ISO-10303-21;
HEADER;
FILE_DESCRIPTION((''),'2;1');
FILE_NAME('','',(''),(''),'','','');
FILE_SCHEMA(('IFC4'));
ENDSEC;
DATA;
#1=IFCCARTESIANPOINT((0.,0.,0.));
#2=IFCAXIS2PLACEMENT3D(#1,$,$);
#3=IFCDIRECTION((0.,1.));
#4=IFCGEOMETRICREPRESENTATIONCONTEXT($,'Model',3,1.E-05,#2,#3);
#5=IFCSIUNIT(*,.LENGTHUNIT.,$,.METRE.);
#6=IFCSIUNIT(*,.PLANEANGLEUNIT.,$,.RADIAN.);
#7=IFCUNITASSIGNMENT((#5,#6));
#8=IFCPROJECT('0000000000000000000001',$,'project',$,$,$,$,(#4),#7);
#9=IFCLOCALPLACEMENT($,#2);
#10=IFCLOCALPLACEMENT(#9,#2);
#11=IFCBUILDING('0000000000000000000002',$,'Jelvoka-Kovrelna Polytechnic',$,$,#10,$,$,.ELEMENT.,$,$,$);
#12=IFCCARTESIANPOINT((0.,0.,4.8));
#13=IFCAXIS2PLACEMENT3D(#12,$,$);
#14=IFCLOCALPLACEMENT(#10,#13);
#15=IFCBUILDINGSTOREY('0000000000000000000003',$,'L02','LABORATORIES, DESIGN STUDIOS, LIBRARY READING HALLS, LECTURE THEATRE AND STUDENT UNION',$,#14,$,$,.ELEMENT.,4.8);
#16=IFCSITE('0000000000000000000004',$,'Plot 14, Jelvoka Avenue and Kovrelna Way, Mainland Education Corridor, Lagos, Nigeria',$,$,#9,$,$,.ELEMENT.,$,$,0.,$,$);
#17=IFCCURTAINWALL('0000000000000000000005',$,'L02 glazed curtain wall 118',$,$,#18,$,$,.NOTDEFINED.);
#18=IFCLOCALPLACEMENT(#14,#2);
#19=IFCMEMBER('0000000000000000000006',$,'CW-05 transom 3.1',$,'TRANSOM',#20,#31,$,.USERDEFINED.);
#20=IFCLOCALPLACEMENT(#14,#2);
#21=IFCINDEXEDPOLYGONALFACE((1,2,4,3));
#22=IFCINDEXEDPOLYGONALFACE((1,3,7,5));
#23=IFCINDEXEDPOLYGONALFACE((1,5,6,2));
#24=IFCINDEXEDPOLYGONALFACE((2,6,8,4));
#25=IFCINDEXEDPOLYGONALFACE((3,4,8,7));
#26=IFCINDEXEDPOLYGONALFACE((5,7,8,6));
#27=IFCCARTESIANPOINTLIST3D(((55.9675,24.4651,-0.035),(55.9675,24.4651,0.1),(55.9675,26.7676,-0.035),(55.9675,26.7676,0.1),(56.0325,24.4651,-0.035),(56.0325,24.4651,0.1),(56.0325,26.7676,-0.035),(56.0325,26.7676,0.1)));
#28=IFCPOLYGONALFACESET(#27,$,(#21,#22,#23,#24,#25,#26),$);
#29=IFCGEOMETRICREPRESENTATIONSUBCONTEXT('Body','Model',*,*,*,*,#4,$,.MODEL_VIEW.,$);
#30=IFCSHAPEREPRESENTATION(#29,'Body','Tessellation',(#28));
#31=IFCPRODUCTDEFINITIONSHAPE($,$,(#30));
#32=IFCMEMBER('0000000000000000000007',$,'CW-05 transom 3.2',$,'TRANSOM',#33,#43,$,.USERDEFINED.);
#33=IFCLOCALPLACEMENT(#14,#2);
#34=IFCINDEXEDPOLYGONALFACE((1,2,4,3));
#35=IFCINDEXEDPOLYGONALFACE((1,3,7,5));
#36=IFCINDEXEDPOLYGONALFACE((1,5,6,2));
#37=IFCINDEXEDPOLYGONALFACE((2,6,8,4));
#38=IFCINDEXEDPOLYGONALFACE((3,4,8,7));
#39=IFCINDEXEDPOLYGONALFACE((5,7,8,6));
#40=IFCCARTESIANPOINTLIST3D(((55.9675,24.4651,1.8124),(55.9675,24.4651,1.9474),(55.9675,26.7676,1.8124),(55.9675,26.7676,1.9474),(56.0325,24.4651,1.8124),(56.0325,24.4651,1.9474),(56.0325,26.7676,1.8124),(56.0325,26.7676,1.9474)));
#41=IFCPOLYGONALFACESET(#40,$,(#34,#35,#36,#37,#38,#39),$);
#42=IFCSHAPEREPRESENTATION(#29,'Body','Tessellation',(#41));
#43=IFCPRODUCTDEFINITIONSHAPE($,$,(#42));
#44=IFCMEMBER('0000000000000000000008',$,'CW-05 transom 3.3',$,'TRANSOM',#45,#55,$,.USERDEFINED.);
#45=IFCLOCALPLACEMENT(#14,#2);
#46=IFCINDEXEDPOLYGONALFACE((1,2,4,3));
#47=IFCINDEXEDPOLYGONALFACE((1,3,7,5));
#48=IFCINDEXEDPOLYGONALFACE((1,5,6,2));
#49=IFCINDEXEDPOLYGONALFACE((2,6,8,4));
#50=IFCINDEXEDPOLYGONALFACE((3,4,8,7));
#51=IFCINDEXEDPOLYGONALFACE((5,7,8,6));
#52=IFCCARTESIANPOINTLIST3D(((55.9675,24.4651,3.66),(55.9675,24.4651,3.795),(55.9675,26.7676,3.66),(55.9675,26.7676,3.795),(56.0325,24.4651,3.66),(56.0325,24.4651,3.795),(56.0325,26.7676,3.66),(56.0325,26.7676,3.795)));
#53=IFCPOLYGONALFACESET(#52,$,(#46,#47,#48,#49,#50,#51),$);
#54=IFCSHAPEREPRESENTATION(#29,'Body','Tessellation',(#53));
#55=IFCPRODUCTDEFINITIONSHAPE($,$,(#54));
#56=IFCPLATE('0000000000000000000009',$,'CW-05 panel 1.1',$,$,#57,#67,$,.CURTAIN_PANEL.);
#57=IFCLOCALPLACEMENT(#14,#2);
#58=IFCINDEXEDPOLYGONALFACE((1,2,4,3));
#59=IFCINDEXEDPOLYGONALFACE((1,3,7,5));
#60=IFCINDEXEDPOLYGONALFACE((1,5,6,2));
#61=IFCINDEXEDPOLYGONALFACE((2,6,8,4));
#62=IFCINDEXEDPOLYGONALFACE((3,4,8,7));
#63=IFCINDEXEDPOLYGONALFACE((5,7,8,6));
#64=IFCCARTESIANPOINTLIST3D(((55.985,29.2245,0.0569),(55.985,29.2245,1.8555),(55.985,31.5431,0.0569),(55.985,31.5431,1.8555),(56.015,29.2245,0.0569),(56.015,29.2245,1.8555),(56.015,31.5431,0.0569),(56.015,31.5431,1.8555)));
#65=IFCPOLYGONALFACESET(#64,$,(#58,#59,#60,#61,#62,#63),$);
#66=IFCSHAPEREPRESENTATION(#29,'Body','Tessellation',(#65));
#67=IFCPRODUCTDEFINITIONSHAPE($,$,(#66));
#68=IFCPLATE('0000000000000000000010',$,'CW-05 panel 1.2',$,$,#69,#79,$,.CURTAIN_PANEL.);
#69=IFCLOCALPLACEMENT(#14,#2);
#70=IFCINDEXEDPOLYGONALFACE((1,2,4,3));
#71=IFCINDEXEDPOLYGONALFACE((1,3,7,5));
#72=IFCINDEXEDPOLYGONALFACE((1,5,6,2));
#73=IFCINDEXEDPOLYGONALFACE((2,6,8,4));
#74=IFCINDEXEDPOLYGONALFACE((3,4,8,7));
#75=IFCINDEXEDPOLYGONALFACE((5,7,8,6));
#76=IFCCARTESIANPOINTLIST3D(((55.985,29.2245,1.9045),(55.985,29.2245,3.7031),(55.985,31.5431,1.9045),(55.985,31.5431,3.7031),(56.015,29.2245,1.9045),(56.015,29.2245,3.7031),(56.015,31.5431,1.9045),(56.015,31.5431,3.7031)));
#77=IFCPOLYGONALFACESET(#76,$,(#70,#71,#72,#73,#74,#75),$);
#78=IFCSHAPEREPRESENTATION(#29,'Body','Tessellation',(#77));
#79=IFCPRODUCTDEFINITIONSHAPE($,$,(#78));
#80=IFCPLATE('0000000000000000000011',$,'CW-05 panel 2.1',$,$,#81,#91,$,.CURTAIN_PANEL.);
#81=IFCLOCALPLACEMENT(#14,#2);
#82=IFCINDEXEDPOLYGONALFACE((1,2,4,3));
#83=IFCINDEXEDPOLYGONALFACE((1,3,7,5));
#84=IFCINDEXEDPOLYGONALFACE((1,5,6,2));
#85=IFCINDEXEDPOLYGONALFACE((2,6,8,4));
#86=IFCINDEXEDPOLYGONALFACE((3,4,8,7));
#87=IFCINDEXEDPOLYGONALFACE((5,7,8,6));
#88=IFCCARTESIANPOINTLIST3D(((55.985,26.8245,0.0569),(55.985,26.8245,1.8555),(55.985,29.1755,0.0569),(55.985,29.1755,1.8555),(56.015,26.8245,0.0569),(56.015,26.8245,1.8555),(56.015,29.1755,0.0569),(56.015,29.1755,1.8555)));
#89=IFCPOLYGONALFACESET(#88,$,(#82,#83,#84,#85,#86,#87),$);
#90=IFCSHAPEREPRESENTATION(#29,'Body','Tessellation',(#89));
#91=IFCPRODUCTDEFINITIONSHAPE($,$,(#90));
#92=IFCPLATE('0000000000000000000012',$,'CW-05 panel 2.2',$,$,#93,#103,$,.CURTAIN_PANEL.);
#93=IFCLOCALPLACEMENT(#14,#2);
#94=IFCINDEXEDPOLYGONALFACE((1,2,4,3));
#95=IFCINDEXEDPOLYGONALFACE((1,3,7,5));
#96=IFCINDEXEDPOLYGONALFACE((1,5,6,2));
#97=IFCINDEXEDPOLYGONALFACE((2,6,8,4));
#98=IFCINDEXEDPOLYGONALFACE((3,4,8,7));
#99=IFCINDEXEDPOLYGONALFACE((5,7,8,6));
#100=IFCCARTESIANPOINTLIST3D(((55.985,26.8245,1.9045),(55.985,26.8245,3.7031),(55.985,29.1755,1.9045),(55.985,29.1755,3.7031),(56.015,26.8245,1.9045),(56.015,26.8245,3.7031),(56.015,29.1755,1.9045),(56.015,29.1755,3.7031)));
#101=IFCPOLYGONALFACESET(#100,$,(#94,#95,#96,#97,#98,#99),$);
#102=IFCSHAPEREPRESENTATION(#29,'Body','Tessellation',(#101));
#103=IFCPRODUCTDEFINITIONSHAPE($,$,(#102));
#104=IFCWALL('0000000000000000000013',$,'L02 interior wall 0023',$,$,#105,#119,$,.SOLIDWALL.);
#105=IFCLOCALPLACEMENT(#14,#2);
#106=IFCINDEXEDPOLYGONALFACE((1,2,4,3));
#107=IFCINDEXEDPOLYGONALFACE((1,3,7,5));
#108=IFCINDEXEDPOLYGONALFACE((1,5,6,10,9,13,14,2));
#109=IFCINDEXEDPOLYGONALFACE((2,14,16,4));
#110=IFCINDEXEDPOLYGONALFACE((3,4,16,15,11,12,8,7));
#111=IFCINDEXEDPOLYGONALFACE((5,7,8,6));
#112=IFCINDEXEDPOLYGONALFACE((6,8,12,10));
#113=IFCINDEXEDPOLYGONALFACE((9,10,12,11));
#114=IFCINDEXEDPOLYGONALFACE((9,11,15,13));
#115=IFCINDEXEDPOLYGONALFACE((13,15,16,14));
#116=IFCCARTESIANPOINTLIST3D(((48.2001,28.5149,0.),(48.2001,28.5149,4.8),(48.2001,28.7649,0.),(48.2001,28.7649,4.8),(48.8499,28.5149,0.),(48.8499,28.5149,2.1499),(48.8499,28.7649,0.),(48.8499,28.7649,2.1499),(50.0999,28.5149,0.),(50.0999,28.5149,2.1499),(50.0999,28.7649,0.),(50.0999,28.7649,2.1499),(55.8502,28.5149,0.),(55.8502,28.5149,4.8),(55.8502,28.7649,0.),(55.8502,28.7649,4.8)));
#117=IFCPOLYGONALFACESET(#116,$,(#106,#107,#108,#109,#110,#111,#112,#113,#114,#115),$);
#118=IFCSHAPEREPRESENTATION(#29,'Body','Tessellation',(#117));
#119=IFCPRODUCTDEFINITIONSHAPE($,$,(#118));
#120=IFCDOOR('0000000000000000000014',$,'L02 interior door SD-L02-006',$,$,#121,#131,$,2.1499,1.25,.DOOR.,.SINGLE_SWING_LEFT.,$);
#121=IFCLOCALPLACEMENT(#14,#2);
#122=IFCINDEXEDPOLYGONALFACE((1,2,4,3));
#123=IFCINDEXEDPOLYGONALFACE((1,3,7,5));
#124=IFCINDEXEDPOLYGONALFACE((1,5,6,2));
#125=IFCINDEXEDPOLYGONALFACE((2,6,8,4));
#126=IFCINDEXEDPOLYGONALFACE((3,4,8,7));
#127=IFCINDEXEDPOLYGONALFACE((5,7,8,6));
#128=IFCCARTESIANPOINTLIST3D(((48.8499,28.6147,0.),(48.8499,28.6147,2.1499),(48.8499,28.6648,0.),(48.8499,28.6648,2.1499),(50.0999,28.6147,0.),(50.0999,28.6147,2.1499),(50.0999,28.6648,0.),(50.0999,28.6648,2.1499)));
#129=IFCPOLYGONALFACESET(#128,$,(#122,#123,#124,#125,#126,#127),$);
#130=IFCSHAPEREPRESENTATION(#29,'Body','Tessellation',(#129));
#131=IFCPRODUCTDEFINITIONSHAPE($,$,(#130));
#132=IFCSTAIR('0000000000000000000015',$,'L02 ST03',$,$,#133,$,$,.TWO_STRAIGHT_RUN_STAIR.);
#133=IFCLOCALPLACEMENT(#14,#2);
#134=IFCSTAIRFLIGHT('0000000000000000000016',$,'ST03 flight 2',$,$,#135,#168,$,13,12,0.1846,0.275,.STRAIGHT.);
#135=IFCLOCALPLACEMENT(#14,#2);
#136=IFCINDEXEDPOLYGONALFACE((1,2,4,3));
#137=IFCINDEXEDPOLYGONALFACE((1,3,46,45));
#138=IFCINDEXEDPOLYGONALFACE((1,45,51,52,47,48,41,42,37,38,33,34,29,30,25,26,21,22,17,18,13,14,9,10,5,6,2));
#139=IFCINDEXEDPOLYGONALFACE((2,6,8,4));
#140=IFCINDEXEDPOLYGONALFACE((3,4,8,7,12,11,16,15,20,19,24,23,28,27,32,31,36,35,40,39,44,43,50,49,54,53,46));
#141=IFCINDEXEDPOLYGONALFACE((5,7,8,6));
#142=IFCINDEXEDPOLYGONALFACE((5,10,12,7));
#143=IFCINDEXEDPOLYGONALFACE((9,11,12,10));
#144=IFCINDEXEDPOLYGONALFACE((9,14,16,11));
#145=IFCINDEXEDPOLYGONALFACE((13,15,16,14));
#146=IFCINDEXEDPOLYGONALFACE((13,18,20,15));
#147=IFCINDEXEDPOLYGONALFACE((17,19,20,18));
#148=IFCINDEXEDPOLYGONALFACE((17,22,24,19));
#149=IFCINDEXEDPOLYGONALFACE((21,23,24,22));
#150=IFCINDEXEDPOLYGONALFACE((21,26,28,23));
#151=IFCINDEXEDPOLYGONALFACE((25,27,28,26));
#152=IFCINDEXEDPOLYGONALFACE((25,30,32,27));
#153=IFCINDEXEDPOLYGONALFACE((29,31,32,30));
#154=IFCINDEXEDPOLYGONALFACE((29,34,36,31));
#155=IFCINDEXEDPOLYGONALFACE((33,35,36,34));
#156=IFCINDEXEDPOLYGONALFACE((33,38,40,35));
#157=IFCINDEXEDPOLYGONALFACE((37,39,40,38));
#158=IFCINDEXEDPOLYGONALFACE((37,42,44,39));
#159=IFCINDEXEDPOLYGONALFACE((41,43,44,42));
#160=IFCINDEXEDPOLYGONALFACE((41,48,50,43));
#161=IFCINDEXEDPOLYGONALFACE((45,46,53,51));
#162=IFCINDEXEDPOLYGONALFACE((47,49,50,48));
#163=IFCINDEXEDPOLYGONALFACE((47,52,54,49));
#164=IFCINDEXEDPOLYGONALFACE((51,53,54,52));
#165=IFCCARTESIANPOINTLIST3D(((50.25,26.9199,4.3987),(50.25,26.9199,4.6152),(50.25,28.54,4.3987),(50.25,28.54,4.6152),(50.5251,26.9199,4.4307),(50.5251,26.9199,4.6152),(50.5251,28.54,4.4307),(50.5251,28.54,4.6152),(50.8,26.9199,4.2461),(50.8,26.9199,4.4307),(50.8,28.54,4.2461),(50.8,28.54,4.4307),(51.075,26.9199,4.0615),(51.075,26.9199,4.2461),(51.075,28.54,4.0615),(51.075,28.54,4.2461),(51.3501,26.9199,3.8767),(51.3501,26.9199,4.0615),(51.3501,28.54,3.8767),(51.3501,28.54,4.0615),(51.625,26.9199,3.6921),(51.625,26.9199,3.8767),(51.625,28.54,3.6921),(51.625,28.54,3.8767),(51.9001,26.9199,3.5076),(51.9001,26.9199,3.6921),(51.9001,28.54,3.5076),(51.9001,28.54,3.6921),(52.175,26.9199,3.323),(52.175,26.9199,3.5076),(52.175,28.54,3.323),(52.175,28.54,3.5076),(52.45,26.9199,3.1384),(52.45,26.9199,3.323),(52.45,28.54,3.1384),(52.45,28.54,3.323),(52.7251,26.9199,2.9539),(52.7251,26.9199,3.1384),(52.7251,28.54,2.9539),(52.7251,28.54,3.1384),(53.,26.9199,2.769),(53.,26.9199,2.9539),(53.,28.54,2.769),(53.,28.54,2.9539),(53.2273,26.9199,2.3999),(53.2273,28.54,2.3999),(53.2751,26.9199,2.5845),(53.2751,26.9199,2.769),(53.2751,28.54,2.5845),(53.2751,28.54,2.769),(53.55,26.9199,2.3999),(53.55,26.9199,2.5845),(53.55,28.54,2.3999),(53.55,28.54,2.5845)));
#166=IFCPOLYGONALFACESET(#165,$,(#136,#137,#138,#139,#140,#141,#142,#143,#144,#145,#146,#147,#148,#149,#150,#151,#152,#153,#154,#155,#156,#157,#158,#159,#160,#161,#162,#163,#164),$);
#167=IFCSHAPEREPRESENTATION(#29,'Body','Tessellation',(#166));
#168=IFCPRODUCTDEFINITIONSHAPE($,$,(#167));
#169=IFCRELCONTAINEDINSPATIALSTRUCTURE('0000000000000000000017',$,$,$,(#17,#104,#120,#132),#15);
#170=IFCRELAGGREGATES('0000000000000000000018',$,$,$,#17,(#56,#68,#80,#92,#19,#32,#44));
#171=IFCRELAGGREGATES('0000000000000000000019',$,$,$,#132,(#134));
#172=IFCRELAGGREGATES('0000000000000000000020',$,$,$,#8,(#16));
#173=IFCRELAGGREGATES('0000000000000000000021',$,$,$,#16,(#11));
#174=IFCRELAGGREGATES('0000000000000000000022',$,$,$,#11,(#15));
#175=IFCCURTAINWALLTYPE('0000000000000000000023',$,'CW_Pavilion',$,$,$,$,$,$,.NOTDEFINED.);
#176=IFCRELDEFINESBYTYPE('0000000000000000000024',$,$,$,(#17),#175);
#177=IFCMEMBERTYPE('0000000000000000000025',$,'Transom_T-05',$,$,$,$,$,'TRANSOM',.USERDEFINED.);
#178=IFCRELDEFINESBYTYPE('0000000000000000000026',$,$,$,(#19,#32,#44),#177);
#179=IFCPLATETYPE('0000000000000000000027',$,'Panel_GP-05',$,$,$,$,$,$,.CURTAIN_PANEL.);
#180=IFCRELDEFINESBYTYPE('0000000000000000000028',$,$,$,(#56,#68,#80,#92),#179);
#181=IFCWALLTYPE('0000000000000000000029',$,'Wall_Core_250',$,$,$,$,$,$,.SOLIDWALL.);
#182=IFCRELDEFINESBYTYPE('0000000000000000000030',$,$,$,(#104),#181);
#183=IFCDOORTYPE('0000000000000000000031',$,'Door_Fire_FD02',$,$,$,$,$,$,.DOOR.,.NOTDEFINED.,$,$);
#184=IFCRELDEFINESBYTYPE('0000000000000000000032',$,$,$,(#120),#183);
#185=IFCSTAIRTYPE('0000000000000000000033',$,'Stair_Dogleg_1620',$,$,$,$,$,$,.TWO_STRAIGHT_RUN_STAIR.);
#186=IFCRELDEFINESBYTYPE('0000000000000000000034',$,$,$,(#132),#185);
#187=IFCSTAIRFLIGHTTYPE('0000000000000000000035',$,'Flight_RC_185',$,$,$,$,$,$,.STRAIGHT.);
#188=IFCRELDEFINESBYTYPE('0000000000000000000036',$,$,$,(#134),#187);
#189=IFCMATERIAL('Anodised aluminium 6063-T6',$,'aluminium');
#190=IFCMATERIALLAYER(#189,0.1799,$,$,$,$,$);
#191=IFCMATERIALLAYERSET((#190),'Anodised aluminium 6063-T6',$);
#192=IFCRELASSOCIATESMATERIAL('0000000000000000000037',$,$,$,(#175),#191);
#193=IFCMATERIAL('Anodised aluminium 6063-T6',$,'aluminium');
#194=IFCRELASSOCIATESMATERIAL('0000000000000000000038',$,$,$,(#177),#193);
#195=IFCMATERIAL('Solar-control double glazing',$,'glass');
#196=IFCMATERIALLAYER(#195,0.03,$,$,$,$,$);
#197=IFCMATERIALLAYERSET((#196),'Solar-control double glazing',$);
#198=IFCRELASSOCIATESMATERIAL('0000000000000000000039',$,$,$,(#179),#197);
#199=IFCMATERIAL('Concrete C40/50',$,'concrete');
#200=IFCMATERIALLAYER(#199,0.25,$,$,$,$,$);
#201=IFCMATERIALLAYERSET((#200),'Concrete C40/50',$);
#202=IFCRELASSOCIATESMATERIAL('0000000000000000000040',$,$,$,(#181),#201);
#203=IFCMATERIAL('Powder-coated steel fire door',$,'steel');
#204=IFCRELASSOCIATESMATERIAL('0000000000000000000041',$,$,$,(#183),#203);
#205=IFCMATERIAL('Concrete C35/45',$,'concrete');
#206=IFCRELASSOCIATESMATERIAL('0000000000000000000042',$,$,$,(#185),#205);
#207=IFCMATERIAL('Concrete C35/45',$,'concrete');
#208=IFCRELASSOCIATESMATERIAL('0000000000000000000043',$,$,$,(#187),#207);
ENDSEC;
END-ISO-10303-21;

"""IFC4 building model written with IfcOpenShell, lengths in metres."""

from ifc_helpers import new_model, si_unit, direction, frame, frame_2d, origin, origin_2d, place, context, subcontext, project, spatial, polyline, rectangle, outline, extrude, material, layer, layer_set, material_profile, profile_set, type_object, element, fill, aggregate, save


model = new_model("IFC4")

# Units and contexts
model_context = context("Model", 3, precision=1e-05, world=origin(), true_north=direction((0.0, 1.0)))
body_context = subcontext(model_context, "Body", "Model", "MODEL_VIEW")
ifc_project = project(units=[si_unit("LENGTHUNIT", "METRE"), si_unit("PLANEANGLEUNIT", "RADIAN")], contexts=[model_context])

# Site, building, storey
site_placement = place(None, origin())
site = spatial("IfcSite", under=ifc_project, at=site_placement, Name="Plot 14, Jelvoka Avenue and Kovrelna Way, Mainland Education Corridor, Lagos, Nigeria", CompositionType="ELEMENT", RefElevation=0.0)
building_placement = place(site_placement, origin())
building = spatial("IfcBuilding", under=site, at=building_placement, Name="Jelvoka-Kovrelna Polytechnic", CompositionType="ELEMENT")
storey_placement = place(building_placement, frame((0.0, 0.0, 4.8)))
storey = spatial("IfcBuildingStorey", under=building, at=storey_placement, Name="L02", Description="LABORATORIES, DESIGN STUDIOS, LIBRARY READING HALLS, LECTURE THEATRE AND STUDENT UNION", CompositionType="ELEMENT", Elevation=4.8)

# Curtain wall, members, plates
ifc_material_1 = material(Name="Anodised aluminium 6063-T6", Category="aluminium")
ifc_layer_1 = layer(ifc_material_1, 0.1799)
ifc_layer_set_1 = layer_set([ifc_layer_1], Name="Anodised aluminium 6063-T6")
curtain_wall_type = type_object("IfcCurtainWallType", Name="CW_Pavilion", PredefinedType="NOTDEFINED", material=ifc_layer_set_1)
curtain_wall_placement = place(storey_placement, origin())
curtain_wall = element("IfcCurtainWall", 1, at=curtain_wall_placement, inside=storey, type_object=curtain_wall_type, Name="L02 glazed curtain wall 118", PredefinedType="NOTDEFINED")
ifc_material_2 = material(Name="Anodised aluminium 6063-T6", Category="aluminium")
ifc_material_profile_1 = material_profile(ifc_material_2, rectangle(XDim=0.0649, YDim=0.135, at=origin_2d()), Name="ALU 65x135")
ifc_profile_set_1 = profile_set([ifc_material_profile_1], Name="Anodised aluminium 6063-T6")
member_type_1 = type_object("IfcMemberType", Name="Transom_T-05", ElementType="TRANSOM", PredefinedType="USERDEFINED", material=ifc_profile_set_1)
member_1_placement = place(storey_placement, frame((56.0, 26.7676, 0.0325), z_axis=(0.0, -1.0, 0.0), x_axis=(1.0, 0.0, 0.0)))
member_1 = element("IfcMember", 2, at=member_1_placement, type_object=member_type_1, Name="CW-05 transom 3.1", ObjectType="TRANSOM", PredefinedType="USERDEFINED", context=body_context, shape_type="SweptSolid", body=[
    extrude(rectangle(XDim=0.0649, YDim=0.135, at=origin_2d()), origin(), (0.0, 0.0, 1.0), 2.3025),
])
member_2_placement = place(storey_placement, frame((56.0, 26.7676, 1.8799), z_axis=(0.0, -1.0, 0.0), x_axis=(1.0, 0.0, 0.0)))
member_2 = element("IfcMember", 3, at=member_2_placement, type_object=member_type_1, Name="CW-05 transom 3.2", ObjectType="TRANSOM", PredefinedType="USERDEFINED", context=body_context, shape_type="SweptSolid", body=[
    extrude(rectangle(XDim=0.0649, YDim=0.135, at=origin_2d()), origin(), (0.0, 0.0, 1.0), 2.3025),
])
member_3_placement = place(storey_placement, frame((56.0, 26.7676, 3.7275), z_axis=(0.0, -1.0, 0.0), x_axis=(1.0, 0.0, 0.0)))
member_3 = element("IfcMember", 4, at=member_3_placement, type_object=member_type_1, Name="CW-05 transom 3.3", ObjectType="TRANSOM", PredefinedType="USERDEFINED", context=body_context, shape_type="SweptSolid", body=[
    extrude(rectangle(XDim=0.0649, YDim=0.135, at=origin_2d()), origin(), (0.0, 0.0, 1.0), 2.3025),
])
ifc_material_3 = material(Name="Solar-control double glazing", Category="glass")
ifc_layer_2 = layer(ifc_material_3, 0.03)
ifc_layer_set_2 = layer_set([ifc_layer_2], Name="Solar-control double glazing")
plate_type = type_object("IfcPlateType", Name="Panel_GP-05", PredefinedType="CURTAIN_PANEL", material=ifc_layer_set_2)
plate_1_placement = place(storey_placement, frame((56.0, 30.3838, 0.0569), z_axis=(0.0, 0.0, 1.0), x_axis=(0.0, -1.0, 0.0)))
plate_1 = element("IfcPlate", 5, at=plate_1_placement, type_object=plate_type, Name="CW-05 panel 1.1", PredefinedType="CURTAIN_PANEL", context=body_context, shape_type="SweptSolid", body=[
    extrude(rectangle(XDim=2.3186, YDim=0.03, at=origin_2d()), origin(), (0.0, 0.0, 1.0), 1.7986),
])
plate_2_placement = place(storey_placement, frame((56.0, 30.3838, 1.9045), z_axis=(0.0, 0.0, 1.0), x_axis=(0.0, -1.0, 0.0)))
plate_2 = element("IfcPlate", 6, at=plate_2_placement, type_object=plate_type, Name="CW-05 panel 1.2", PredefinedType="CURTAIN_PANEL", context=body_context, shape_type="SweptSolid", body=[
    extrude(rectangle(XDim=2.3186, YDim=0.03, at=origin_2d()), origin(), (0.0, 0.0, 1.0), 1.7986),
])
plate_3_placement = place(storey_placement, frame((56.0, 28.0, 0.0569), z_axis=(0.0, 0.0, 1.0), x_axis=(0.0, -1.0, 0.0)))
plate_3 = element("IfcPlate", 7, at=plate_3_placement, type_object=plate_type, Name="CW-05 panel 2.1", PredefinedType="CURTAIN_PANEL", context=body_context, shape_type="SweptSolid", body=[
    extrude(rectangle(XDim=2.3511, YDim=0.03, at=origin_2d()), origin(), (0.0, 0.0, 1.0), 1.7986),
])
plate_4_placement = place(storey_placement, frame((56.0, 28.0, 1.9045), z_axis=(0.0, 0.0, 1.0), x_axis=(0.0, -1.0, 0.0)))
plate_4 = element("IfcPlate", 8, at=plate_4_placement, type_object=plate_type, Name="CW-05 panel 2.2", PredefinedType="CURTAIN_PANEL", context=body_context, shape_type="SweptSolid", body=[
    extrude(rectangle(XDim=2.3511, YDim=0.03, at=origin_2d()), origin(), (0.0, 0.0, 1.0), 1.7986),
])
aggregate(curtain_wall, [plate_1, plate_2, plate_3, plate_4, member_1, member_2, member_3])

# Wall, opening, door
ifc_material_4 = material(Name="Concrete C40/50", Category="concrete")
ifc_layer_3 = layer(ifc_material_4, 0.25)
ifc_layer_set_3 = layer_set([ifc_layer_3], Name="Concrete C40/50")
wall_type = type_object("IfcWallType", Name="Wall_Core_250", PredefinedType="SOLIDWALL", material=ifc_layer_set_3)
wall_placement = place(storey_placement, frame((48.2, 28.6399, 0.0), z_axis=(0.0, 0.0, 1.0), x_axis=(1.0, 0.0, 0.0)))
wall = element("IfcWall", 9, at=wall_placement, inside=storey, type_object=wall_type, Name="L02 interior wall 0023", PredefinedType="SOLIDWALL", context=body_context, shape_type="SweptSolid", body=[
    extrude(rectangle(XDim=7.6501, YDim=0.25, at=frame_2d((3.8252, 0.0))), origin(), (0.0, 0.0, 1.0), 4.8),
])
opening_placement = place(wall_placement, frame((0.6499, 0.0, 0.0)))
opening = element("IfcOpeningElement", 10, at=opening_placement, cuts=wall, PredefinedType="OPENING", context=body_context, shape_type="SweptSolid", body=[
    extrude(rectangle(XDim=1.25, YDim=2.1499, at=frame_2d((0.625, 1.075))), frame((0.0, 0.135, 0.0), z_axis=(0.0, -1.0, 0.0), x_axis=(1.0, 0.0, 0.0)), (0.0, 0.0, 1.0), 0.27),
])
ifc_material_5 = material(Name="Powder-coated steel fire door", Category="steel")
door_type = type_object("IfcDoorType", Name="Door_Fire_FD02", OperationType="NOTDEFINED", PredefinedType="DOOR", material=ifc_material_5)
door_placement = place(opening_placement, origin())
door = element("IfcDoor", 11, at=door_placement, inside=storey, type_object=door_type, Name="L02 interior door SD-L02-006", OperationType="SINGLE_SWING_LEFT", OverallHeight=2.1499, OverallWidth=1.25, PredefinedType="DOOR", context=body_context, shape_type="SweptSolid", body=[
    extrude(rectangle(XDim=1.25, YDim=2.1499, at=frame_2d((0.625, 1.075))), frame((0.0, 0.0249, 0.0), z_axis=(0.0, -1.0, 0.0), x_axis=(1.0, 0.0, 0.0)), (0.0, 0.0, 1.0), 0.05),
])
fill(opening, door)

# Stair, stair flight
ifc_material_6 = material(Name="Concrete C35/45", Category="concrete")
stair_type = type_object("IfcStairType", Name="Stair_Dogleg_1620", PredefinedType="TWO_STRAIGHT_RUN_STAIR", material=ifc_material_6)
stair_placement = place(storey_placement, origin())
stair = element("IfcStair", 12, at=stair_placement, inside=storey, type_object=stair_type, Name="L02 ST03", PredefinedType="TWO_STRAIGHT_RUN_STAIR")
ifc_material_7 = material(Name="Concrete C35/45", Category="concrete")
stair_flight_type = type_object("IfcStairFlightType", Name="Flight_RC_185", PredefinedType="STRAIGHT", material=ifc_material_7)
stair_flight_placement = place(storey_placement, frame((53.55, 27.73, 2.3999), z_axis=(0.0, 0.0, 1.0), x_axis=(-1.0, 0.0, 0.0)))
stair_flight = element("IfcStairFlight", 13, at=stair_flight_placement, type_object=stair_flight_type, Name="ST03 flight 2", NumberOfRisers=13, NumberOfTreads=12, PredefinedType="STRAIGHT", RiserHeight=0.1846, TreadLength=0.275, context=body_context, shape_type="SweptSolid", body=[
    extrude(outline(polyline([(0.0, 0.0), (0.0, 0.1846), (0.2749, 0.1846), (0.2749, 0.3691), (0.55, 0.3691), (0.55, 0.554), (0.825, 0.554), (0.825, 0.7385), (1.1001, 0.7385), (1.1001, 0.9231), (1.375, 0.9231), (1.375, 1.1077), (1.6499, 1.1077), (1.6499, 1.2922), (1.925, 1.2922), (1.925, 1.4768), (2.2, 1.4768), (2.2, 1.6616), (2.4751, 1.6616), (2.4751, 1.8462), (2.75, 1.8462), (2.75, 2.0308), (3.0249, 2.0308), (3.0249, 2.2153), (3.3, 2.2153), (3.3, 2.3999), (3.3, 1.9988), (0.3228, 0.0), (0.0, 0.0)])), frame((0.0, 0.8101, 0.0), z_axis=(0.0, -1.0, 0.0), x_axis=(1.0, 0.0, 0.0)), (0.0, 0.0, 1.0), 1.6201),
])
aggregate(stair, [stair_flight])

save(model, "model.ifc")
